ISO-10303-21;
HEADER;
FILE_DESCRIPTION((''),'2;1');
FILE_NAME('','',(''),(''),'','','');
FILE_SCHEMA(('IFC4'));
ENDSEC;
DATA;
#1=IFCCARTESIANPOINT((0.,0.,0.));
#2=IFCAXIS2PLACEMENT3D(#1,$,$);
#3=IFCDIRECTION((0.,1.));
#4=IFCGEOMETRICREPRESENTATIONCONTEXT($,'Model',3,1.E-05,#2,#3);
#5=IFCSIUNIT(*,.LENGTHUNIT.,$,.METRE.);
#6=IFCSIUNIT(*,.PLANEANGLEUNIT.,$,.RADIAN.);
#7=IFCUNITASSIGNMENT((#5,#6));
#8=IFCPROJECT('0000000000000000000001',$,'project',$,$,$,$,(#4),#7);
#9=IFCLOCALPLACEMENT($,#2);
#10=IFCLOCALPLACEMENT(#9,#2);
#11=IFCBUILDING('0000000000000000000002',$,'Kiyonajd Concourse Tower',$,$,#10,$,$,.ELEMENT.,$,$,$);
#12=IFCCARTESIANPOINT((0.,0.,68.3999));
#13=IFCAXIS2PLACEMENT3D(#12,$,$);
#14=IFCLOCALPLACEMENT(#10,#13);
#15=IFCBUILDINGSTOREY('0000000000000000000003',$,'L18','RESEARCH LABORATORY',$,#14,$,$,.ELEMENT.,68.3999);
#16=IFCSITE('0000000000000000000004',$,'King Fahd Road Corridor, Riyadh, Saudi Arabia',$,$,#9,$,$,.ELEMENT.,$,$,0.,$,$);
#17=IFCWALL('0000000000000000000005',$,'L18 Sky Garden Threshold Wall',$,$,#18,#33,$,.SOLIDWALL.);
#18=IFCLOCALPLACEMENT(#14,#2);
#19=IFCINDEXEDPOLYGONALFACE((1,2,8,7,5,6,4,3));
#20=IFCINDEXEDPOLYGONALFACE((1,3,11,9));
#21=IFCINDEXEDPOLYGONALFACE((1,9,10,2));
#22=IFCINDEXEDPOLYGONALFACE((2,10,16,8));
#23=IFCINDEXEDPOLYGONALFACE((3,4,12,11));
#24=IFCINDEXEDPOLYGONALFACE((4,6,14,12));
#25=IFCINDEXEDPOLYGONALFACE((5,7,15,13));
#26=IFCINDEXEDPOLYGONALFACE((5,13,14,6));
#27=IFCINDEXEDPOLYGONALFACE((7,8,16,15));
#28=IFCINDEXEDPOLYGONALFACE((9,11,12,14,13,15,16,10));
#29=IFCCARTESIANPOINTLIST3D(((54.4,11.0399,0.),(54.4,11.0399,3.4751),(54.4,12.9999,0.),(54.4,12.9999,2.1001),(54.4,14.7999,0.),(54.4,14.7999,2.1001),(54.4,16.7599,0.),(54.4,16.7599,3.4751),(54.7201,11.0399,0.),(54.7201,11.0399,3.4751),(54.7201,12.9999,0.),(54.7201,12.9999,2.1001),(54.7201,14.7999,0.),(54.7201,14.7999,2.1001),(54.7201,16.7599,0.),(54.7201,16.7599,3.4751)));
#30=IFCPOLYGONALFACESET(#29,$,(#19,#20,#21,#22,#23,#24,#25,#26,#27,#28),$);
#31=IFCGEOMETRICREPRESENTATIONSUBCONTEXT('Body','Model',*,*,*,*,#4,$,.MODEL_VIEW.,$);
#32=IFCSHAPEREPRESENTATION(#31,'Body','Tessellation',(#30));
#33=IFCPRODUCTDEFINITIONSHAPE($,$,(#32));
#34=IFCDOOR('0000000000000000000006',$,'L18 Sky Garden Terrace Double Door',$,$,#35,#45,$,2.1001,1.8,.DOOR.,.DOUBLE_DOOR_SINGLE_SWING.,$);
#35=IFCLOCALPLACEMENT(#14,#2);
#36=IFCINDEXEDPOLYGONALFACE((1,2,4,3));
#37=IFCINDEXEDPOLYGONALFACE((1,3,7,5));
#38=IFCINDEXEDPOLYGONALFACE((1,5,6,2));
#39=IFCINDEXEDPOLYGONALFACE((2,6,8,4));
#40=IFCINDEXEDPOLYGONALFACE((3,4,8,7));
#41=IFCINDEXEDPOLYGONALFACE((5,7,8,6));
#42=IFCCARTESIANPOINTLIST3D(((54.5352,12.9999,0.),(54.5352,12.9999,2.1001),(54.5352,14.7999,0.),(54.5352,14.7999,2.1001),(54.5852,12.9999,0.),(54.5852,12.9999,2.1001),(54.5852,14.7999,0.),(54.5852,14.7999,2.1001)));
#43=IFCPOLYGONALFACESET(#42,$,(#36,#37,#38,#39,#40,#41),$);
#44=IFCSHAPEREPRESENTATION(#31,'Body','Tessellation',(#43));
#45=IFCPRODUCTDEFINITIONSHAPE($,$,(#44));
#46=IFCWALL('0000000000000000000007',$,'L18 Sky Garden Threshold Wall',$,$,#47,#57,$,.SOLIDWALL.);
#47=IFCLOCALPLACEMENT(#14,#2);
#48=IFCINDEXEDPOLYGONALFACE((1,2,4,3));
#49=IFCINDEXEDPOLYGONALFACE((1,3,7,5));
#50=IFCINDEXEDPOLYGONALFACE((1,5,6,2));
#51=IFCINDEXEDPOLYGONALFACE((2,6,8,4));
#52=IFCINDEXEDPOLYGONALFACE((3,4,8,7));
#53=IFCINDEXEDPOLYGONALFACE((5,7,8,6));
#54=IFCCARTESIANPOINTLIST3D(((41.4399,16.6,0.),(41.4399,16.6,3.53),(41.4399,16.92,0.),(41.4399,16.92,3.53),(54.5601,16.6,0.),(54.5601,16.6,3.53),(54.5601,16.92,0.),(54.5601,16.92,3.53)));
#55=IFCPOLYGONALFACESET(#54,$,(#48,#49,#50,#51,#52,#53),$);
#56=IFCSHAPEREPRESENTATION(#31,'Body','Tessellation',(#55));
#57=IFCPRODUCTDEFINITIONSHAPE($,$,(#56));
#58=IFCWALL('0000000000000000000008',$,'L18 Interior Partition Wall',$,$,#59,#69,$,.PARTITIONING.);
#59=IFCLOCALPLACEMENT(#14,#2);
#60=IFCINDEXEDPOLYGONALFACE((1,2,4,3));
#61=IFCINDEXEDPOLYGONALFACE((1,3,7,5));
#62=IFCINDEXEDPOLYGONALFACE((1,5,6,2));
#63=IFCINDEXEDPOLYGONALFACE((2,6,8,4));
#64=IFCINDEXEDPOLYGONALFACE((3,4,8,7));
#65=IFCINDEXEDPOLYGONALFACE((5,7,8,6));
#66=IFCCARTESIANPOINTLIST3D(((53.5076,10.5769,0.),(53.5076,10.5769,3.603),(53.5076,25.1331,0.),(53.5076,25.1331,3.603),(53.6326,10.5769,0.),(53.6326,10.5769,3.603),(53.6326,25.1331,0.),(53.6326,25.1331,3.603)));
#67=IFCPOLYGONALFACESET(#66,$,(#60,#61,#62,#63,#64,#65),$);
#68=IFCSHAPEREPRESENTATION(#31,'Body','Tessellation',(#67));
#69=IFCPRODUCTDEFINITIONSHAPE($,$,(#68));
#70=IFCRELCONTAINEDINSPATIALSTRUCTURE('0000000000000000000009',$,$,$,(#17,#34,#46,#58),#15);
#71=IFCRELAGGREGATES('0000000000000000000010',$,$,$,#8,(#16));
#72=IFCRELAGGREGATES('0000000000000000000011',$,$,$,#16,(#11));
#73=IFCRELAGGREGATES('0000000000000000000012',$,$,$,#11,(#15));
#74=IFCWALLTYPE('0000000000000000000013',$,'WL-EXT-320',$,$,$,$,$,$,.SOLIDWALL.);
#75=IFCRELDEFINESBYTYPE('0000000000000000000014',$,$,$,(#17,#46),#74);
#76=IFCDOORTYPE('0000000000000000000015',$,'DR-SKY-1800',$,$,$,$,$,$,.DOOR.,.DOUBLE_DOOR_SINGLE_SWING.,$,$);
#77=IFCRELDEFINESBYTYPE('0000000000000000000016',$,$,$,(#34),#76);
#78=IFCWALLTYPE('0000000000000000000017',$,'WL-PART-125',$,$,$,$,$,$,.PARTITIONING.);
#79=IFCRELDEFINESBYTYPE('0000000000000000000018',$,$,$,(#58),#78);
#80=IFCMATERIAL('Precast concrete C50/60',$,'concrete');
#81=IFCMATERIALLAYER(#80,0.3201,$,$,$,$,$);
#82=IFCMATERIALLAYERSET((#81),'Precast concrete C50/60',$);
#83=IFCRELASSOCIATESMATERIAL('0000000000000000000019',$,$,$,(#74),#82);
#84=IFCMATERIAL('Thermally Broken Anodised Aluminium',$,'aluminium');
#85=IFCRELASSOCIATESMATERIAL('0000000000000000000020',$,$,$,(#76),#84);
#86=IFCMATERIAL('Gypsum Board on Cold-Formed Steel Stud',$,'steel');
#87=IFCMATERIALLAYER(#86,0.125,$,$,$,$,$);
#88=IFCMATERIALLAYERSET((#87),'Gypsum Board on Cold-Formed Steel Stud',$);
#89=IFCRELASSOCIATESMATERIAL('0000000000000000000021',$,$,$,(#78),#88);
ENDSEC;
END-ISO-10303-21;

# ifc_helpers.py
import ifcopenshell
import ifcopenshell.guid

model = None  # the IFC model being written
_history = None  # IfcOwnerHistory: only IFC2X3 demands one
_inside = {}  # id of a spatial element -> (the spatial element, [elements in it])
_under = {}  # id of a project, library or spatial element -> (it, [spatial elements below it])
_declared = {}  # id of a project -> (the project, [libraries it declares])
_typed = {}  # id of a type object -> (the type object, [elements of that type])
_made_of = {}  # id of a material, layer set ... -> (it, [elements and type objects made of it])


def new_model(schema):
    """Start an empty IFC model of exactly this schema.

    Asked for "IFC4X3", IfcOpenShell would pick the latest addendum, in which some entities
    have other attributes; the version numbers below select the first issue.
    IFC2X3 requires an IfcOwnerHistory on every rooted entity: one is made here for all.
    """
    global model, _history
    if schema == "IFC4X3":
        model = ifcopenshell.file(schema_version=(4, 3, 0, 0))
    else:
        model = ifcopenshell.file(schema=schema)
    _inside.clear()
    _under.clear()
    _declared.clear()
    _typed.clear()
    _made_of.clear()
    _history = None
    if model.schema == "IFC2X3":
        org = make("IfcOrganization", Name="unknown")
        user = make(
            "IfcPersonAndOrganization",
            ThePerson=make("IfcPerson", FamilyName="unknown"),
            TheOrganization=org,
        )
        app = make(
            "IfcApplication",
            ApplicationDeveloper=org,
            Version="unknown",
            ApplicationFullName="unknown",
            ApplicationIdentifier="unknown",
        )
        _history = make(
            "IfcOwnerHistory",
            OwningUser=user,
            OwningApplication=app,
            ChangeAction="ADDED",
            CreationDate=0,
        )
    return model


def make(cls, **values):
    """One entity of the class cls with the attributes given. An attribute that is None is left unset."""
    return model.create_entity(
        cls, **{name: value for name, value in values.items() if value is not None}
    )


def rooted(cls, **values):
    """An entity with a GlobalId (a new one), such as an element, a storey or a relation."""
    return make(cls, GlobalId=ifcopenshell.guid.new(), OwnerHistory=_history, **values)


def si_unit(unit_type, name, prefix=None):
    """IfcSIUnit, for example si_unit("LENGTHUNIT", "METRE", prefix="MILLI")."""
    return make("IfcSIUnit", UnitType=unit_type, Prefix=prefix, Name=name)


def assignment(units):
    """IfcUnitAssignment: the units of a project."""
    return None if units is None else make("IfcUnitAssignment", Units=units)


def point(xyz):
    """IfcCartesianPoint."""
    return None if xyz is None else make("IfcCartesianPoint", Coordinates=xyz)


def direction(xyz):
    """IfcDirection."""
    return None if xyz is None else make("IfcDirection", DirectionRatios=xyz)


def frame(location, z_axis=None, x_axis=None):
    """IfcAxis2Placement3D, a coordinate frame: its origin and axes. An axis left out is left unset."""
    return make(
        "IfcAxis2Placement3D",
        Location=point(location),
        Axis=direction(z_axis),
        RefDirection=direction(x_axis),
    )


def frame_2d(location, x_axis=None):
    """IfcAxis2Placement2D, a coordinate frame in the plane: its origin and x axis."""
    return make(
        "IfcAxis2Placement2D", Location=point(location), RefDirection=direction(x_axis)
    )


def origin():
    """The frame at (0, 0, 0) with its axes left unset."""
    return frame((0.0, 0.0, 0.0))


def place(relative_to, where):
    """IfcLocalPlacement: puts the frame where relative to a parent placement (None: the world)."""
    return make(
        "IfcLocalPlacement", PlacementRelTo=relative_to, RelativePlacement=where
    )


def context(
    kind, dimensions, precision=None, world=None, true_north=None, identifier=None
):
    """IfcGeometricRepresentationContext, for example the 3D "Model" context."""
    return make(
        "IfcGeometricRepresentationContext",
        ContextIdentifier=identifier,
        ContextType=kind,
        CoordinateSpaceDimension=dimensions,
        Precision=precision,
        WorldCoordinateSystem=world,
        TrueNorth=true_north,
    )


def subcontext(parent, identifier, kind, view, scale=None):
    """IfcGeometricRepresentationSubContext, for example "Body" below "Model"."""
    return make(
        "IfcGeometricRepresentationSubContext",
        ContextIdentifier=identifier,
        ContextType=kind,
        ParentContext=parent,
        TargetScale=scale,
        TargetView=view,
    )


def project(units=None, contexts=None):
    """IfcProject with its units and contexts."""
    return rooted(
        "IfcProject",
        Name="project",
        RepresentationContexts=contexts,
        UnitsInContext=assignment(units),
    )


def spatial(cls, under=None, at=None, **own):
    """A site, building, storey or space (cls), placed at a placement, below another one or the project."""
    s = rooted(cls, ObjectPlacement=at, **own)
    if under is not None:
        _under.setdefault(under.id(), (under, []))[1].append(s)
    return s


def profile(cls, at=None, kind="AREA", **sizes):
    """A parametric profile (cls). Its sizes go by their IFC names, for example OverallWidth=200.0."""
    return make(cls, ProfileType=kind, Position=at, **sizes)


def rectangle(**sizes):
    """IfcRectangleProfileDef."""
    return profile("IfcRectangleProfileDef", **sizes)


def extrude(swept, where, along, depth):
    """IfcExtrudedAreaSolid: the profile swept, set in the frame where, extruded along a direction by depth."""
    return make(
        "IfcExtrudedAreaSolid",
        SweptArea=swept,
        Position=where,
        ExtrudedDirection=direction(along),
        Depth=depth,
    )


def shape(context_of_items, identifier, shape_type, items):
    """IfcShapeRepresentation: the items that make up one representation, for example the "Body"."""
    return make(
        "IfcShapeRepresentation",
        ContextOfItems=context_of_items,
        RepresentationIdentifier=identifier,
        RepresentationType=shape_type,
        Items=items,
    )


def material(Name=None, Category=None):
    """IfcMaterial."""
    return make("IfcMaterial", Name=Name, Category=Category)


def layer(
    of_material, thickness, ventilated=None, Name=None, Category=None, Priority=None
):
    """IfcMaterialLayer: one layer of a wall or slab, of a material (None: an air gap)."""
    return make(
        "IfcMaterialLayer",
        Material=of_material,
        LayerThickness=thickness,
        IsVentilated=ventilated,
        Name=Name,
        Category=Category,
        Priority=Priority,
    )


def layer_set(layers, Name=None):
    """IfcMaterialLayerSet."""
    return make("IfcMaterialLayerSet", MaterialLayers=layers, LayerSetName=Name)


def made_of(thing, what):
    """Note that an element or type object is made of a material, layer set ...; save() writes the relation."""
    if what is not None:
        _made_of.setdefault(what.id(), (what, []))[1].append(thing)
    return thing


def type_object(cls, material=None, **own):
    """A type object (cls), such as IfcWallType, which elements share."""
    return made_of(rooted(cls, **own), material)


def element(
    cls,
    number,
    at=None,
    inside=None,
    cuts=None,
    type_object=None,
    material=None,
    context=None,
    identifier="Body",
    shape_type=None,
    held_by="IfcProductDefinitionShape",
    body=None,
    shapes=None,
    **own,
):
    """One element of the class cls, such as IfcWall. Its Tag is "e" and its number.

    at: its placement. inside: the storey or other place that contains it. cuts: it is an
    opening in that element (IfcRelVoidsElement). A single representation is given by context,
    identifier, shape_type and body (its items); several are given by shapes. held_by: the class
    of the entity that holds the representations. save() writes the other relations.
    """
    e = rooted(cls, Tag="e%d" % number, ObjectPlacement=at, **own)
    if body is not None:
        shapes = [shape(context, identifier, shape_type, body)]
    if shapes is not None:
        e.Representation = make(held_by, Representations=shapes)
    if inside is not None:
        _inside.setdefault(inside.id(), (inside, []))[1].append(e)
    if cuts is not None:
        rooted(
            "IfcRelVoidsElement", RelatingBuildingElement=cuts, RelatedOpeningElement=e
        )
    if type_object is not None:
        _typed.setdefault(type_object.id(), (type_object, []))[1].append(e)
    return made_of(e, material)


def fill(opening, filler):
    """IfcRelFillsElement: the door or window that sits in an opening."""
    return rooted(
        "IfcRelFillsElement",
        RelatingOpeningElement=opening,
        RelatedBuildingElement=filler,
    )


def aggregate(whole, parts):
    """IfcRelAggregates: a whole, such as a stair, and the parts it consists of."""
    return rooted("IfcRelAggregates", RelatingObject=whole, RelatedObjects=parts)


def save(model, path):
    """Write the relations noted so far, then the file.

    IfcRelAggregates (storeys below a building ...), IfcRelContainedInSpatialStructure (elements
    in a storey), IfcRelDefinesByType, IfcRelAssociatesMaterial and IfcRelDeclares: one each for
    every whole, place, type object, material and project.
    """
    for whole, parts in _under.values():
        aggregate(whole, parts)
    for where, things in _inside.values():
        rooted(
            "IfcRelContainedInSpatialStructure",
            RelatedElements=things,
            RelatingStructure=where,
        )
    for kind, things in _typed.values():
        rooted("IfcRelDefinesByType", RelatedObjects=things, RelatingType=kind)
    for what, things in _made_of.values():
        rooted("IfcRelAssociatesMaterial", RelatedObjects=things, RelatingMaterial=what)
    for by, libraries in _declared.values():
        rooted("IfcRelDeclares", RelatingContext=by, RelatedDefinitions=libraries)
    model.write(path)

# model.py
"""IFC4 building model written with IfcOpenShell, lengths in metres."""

from ifc_helpers import new_model, si_unit, direction, frame, frame_2d, origin, place, context, subcontext, project, spatial, rectangle, extrude, material, layer, layer_set, type_object, element, fill, save


model = new_model("IFC4")

# Units and contexts
model_context = context("Model", 3, precision=1e-05, world=origin(), true_north=direction((0.0, 1.0)))
body_context = subcontext(model_context, "Body", "Model", "MODEL_VIEW")
ifc_project = project(units=[si_unit("LENGTHUNIT", "METRE"), si_unit("PLANEANGLEUNIT", "RADIAN")], contexts=[model_context])

# Site, building, storey
site_placement = place(None, origin())
site = spatial("IfcSite", under=ifc_project, at=site_placement, Name="King Fahd Road Corridor, Riyadh, Saudi Arabia", CompositionType="ELEMENT", RefElevation=0.0)
building_placement = place(site_placement, origin())
building = spatial("IfcBuilding", under=site, at=building_placement, Name="Kiyonajd Concourse Tower", CompositionType="ELEMENT")
storey_placement = place(building_placement, frame((0.0, 0.0, 68.3999)))
storey = spatial("IfcBuildingStorey", under=building, at=storey_placement, Name="L18", Description="RESEARCH LABORATORY", CompositionType="ELEMENT", Elevation=68.3999)

# Shared definitions
ifc_material_1 = material(Name="Precast concrete C50/60", Category="concrete")

# Shared definitions
ifc_material_2 = material(Name="Thermally Broken Anodised Aluminium", Category="aluminium")

# Shared definitions
ifc_layer_1 = layer(ifc_material_1, 0.3201)
ifc_layer_set_1 = layer_set([ifc_layer_1], Name="Precast concrete C50/60")
wall_type_1 = type_object("IfcWallType", Name="WL-EXT-320", PredefinedType="SOLIDWALL", material=ifc_layer_set_1)

# Wall, opening, door
wall_1_placement = place(storey_placement, frame((54.5601, 11.04, 0.0), z_axis=(0.0, 0.0, 1.0), x_axis=(0.0, 1.0, 0.0)))
wall_1 = element("IfcWall", 1, at=wall_1_placement, inside=storey, type_object=wall_type_1, Name="L18 Sky Garden Threshold Wall", PredefinedType="SOLIDWALL", context=body_context, shape_type="SweptSolid", body=[
    extrude(rectangle(XDim=5.72, YDim=0.3201, at=frame_2d((2.8599, 0.0))), origin(), (0.0, 0.0, 1.0), 3.4751),
])
opening_placement = place(wall_1_placement, frame((1.96, 0.0, 0.0)))
opening = element("IfcOpeningElement", 2, at=opening_placement, cuts=wall_1, PredefinedType="OPENING", context=body_context, shape_type="SweptSolid", body=[
    extrude(rectangle(XDim=1.8, YDim=2.1001, at=frame_2d((0.8999, 1.05))), frame((0.0, 0.1699, 0.0), z_axis=(0.0, -1.0, 0.0), x_axis=(1.0, 0.0, 0.0)), (0.0, 0.0, 1.0), 0.3401),
])
door_type = type_object("IfcDoorType", Name="DR-SKY-1800", OperationType="DOUBLE_DOOR_SINGLE_SWING", PredefinedType="DOOR", material=ifc_material_2)
door_placement = place(opening_placement, origin())
door = element("IfcDoor", 3, at=door_placement, inside=storey, type_object=door_type, Name="L18 Sky Garden Terrace Double Door", OperationType="DOUBLE_DOOR_SINGLE_SWING", OverallHeight=2.1001, OverallWidth=1.8, PredefinedType="DOOR", context=body_context, shape_type="SweptSolid", body=[
    extrude(rectangle(XDim=1.8, YDim=2.1001, at=frame_2d((0.8999, 1.05))), frame((0.0, 0.0249, 0.0), z_axis=(0.0, -1.0, 0.0), x_axis=(1.0, 0.0, 0.0)), (0.0, 0.0, 1.0), 0.05),
])
fill(opening, door)

# Walls
wall_2_placement = place(storey_placement, frame((54.5601, 16.76, 0.0), z_axis=(0.0, 0.0, 1.0), x_axis=(-1.0, 0.0, 0.0)))
element("IfcWall", 4, at=wall_2_placement, inside=storey, type_object=wall_type_1, Name="L18 Sky Garden Threshold Wall", PredefinedType="SOLIDWALL", context=body_context, shape_type="SweptSolid", body=[
    extrude(rectangle(XDim=13.1201, YDim=0.3201, at=frame_2d((6.5601, 0.0))), origin(), (0.0, 0.0, 1.0), 3.53),
])
ifc_material_3 = material(Name="Gypsum Board on Cold-Formed Steel Stud", Category="steel")
ifc_layer_2 = layer(ifc_material_3, 0.125)
ifc_layer_set_2 = layer_set([ifc_layer_2], Name="Gypsum Board on Cold-Formed Steel Stud")
wall_type_2 = type_object("IfcWallType", Name="WL-PART-125", PredefinedType="PARTITIONING", material=ifc_layer_set_2)
wall_3_placement = place(storey_placement, frame((53.5701, 10.5769, 0.0), z_axis=(0.0, 0.0, 1.0), x_axis=(0.0, 1.0, 0.0)))
element("IfcWall", 5, at=wall_3_placement, inside=storey, type_object=wall_type_2, Name="L18 Interior Partition Wall", PredefinedType="PARTITIONING", context=body_context, shape_type="SweptSolid", body=[
    extrude(rectangle(XDim=14.5562, YDim=0.125, at=frame_2d((7.2781, 0.0))), origin(), (0.0, 0.0, 1.0), 3.603),
])

save(model, "model.ifc")
